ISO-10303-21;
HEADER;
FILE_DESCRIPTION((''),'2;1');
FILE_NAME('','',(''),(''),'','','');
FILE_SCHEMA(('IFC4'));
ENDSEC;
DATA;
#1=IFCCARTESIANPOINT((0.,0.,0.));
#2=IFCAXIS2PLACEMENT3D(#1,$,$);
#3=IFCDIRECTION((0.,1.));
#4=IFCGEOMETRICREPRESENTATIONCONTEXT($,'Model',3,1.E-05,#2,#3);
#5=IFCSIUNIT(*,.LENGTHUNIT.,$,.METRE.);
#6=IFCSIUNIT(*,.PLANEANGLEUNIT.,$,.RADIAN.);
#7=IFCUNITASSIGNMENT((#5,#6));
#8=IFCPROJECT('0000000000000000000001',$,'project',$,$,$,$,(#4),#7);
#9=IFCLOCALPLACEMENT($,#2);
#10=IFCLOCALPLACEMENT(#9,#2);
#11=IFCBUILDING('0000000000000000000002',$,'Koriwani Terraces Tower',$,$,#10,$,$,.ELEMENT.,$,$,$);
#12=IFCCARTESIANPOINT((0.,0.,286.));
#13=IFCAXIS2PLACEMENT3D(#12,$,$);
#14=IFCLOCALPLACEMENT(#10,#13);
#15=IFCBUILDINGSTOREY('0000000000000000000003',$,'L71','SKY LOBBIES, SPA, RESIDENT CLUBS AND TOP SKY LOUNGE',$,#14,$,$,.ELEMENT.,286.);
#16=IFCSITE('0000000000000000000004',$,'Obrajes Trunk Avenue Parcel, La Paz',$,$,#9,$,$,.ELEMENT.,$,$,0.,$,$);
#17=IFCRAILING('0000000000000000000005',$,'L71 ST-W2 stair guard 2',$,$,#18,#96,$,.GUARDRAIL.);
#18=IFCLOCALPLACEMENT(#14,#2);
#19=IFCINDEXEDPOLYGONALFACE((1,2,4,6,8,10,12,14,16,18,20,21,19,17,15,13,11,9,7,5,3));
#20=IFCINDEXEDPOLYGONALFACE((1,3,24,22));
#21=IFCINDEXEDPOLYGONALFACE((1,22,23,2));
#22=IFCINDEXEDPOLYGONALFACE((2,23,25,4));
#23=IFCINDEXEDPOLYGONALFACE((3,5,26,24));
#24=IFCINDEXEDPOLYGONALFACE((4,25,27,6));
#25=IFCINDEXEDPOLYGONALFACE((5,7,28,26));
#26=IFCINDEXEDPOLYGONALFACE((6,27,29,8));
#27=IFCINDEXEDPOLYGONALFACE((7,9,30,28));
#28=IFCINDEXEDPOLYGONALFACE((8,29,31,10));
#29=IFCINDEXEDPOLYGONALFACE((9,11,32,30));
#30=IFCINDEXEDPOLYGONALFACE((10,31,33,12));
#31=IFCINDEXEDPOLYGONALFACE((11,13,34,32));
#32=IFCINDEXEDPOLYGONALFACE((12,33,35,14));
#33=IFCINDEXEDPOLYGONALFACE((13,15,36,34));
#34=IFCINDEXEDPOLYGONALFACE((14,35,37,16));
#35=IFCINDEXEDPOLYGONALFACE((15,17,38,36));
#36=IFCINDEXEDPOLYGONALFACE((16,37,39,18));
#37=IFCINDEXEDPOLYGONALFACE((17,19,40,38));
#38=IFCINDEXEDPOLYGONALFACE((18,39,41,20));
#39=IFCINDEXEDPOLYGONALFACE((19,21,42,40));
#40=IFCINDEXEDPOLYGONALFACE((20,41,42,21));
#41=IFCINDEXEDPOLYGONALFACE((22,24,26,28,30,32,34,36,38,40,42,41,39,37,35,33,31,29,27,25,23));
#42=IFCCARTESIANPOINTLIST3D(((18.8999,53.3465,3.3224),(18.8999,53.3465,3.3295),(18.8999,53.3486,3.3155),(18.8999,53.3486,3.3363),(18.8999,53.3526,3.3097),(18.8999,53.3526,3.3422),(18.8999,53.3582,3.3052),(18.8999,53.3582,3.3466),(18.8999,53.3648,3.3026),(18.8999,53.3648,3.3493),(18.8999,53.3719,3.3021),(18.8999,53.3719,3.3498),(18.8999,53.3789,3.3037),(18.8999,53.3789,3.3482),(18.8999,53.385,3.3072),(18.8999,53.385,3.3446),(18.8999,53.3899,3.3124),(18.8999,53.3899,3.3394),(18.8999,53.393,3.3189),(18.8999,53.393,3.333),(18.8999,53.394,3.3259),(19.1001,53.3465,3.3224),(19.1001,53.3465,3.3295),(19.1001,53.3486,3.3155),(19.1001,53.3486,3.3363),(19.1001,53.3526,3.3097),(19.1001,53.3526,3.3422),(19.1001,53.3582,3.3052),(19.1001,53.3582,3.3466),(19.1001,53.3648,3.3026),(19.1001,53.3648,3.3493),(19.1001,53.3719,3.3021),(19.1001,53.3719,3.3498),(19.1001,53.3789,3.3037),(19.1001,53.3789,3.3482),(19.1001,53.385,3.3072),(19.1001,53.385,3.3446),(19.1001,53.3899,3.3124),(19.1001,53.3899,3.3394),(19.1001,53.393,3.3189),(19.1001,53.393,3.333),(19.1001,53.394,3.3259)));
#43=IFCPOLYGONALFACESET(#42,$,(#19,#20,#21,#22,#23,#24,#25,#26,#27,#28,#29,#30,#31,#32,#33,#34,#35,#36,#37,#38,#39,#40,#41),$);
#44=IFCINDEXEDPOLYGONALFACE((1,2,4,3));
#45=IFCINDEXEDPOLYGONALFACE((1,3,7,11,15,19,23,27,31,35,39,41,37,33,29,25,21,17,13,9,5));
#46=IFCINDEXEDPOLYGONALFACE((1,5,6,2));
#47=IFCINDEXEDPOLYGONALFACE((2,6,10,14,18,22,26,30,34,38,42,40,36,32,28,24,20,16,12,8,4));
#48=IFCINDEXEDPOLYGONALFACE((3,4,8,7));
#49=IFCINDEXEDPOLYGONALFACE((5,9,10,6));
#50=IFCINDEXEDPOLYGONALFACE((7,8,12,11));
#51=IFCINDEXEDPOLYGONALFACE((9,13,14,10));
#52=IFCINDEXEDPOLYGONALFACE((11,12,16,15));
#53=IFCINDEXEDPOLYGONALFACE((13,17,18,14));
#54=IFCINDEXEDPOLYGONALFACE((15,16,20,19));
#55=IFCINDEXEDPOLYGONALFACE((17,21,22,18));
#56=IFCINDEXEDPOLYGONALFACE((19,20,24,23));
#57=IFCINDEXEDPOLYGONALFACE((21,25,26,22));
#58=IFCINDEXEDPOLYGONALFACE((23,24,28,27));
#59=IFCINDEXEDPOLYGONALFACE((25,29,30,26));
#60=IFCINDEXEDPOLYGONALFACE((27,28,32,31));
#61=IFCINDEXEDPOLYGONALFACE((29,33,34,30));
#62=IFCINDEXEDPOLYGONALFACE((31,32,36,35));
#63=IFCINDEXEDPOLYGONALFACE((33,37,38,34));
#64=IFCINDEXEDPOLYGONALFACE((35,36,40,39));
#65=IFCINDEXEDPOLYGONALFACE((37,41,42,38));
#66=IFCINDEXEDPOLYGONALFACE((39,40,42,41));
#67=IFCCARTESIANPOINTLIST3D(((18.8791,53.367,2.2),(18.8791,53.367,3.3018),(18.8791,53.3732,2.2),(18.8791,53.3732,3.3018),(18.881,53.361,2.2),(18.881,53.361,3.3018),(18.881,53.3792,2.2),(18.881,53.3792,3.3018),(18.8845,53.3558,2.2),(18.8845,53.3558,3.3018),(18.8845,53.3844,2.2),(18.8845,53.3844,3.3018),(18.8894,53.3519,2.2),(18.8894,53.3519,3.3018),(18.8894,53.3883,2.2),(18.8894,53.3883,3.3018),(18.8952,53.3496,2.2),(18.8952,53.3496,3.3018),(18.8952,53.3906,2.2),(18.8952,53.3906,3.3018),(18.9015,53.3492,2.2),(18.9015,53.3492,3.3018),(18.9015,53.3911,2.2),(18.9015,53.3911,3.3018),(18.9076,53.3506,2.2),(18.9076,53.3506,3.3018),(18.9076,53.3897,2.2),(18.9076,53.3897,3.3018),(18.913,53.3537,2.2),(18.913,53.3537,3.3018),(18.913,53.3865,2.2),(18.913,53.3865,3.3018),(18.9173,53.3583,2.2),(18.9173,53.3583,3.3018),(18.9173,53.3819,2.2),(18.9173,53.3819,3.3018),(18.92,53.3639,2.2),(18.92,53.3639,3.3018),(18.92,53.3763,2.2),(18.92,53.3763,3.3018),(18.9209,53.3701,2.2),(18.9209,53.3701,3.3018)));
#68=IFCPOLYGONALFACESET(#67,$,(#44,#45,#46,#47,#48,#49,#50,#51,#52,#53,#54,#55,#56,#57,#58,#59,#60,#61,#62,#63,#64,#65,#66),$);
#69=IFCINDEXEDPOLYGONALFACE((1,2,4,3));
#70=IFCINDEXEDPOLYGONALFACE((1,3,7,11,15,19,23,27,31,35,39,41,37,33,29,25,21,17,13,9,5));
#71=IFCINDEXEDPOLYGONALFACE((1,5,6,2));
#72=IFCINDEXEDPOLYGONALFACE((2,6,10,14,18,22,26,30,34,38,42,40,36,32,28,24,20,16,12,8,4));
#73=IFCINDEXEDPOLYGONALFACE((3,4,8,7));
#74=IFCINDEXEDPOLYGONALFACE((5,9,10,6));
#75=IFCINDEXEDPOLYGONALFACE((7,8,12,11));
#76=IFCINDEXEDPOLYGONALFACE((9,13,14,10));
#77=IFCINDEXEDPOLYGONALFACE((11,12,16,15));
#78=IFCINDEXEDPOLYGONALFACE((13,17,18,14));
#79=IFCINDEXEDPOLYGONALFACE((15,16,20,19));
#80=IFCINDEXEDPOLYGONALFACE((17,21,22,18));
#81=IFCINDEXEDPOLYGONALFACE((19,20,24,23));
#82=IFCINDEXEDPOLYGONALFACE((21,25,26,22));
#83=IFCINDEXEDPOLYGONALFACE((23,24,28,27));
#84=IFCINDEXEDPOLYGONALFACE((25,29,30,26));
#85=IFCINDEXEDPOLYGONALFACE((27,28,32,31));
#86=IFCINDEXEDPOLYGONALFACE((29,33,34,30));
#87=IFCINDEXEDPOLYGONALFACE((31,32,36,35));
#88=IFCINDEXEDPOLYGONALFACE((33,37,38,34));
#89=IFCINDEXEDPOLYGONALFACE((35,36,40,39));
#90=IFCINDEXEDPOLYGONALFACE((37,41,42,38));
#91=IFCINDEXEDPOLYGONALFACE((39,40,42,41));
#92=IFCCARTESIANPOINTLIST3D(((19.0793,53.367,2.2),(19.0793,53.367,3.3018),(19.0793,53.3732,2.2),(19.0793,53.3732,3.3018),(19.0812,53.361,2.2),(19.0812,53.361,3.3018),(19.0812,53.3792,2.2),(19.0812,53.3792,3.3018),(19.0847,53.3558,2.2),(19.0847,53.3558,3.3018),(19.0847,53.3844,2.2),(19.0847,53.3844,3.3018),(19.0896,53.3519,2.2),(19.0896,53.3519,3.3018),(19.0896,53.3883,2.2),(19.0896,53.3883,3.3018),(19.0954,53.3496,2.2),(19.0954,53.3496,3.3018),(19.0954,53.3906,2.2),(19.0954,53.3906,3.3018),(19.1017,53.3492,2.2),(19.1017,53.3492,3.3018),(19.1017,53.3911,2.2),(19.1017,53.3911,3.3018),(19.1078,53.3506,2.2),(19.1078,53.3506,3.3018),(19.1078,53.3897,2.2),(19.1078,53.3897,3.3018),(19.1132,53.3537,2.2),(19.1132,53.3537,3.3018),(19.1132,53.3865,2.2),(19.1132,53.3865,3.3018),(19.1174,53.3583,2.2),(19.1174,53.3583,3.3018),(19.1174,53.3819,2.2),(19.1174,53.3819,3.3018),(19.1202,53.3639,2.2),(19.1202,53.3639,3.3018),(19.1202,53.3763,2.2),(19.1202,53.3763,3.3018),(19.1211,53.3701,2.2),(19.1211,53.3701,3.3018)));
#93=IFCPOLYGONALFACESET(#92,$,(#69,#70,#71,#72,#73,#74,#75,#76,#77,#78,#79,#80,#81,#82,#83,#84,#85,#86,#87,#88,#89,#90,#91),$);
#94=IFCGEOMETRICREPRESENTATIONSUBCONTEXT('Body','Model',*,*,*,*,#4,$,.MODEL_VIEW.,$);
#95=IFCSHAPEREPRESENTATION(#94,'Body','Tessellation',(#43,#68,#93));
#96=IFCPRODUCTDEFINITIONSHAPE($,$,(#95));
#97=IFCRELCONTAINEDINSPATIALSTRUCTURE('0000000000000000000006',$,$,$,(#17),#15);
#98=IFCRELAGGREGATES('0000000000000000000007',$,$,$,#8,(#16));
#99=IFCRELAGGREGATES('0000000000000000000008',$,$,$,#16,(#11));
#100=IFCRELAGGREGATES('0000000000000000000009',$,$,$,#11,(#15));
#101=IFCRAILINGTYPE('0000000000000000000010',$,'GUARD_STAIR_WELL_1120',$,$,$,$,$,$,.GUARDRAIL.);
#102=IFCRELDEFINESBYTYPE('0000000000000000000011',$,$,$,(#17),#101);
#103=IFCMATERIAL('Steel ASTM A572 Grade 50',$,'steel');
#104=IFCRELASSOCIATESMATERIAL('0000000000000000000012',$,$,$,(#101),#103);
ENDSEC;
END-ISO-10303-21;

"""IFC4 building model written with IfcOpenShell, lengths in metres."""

from ifc_helpers import new_model, si_unit, direction, frame, origin, origin_2d, place, context, subcontext, project, spatial, circle, extrude, material, type_object, element, save


model = new_model("IFC4")

# Units and contexts
model_context = context("Model", 3, precision=1e-05, world=origin(), true_north=direction((0.0, 1.0)))
body_context = subcontext(model_context, "Body", "Model", "MODEL_VIEW")
ifc_project = project(units=[si_unit("LENGTHUNIT", "METRE"), si_unit("PLANEANGLEUNIT", "RADIAN")], contexts=[model_context])

# Site, building, storey
site_placement = place(None, origin())
site = spatial("IfcSite", under=ifc_project, at=site_placement, Name="Obrajes Trunk Avenue Parcel, La Paz", CompositionType="ELEMENT", RefElevation=0.0)
building_placement = place(site_placement, origin())
building = spatial("IfcBuilding", under=site, at=building_placement, Name="Koriwani Terraces Tower", CompositionType="ELEMENT")
storey_placement = place(building_placement, frame((0.0, 0.0, 286.0)))
storey = spatial("IfcBuildingStorey", under=building, at=storey_placement, Name="L71", Description="SKY LOBBIES, SPA, RESIDENT CLUBS AND TOP SKY LOUNGE", CompositionType="ELEMENT", Elevation=286.0)

# Shared definitions
ifc_material_1 = material(Name="Steel ASTM A572 Grade 50", Category="steel")

# Railing
railing_type_1 = type_object("IfcRailingType", Name="GUARD_STAIR_WELL_1120", PredefinedType="GUARDRAIL", material=ifc_material_1)
railing_1_placement = place(storey_placement, frame((18.8999, 53.3701, 2.2)))
element("IfcRailing", 1, at=railing_1_placement, inside=storey, type_object=railing_type_1, Name="L71 ST-W2 stair guard 2", PredefinedType="GUARDRAIL", context=body_context, shape_type="SweptSolid", body=[
    extrude(circle(Radius=0.0239, at=origin_2d()), frame((0.0, 0.0, 1.126), z_axis=(1.0, 0.0, 0.0), x_axis=(0.0, 1.0, 0.0)), (0.0, 0.0, 1.0), 0.2002),
    extrude(circle(Radius=0.021, at=origin_2d()), origin(), (0.0, 0.0, 1.0), 1.1018),
    extrude(circle(Radius=0.021, at=origin_2d()), frame((0.2002, 0.0, 0.0)), (0.0, 0.0, 1.0), 1.1018),
])

save(model, "model.ifc")
